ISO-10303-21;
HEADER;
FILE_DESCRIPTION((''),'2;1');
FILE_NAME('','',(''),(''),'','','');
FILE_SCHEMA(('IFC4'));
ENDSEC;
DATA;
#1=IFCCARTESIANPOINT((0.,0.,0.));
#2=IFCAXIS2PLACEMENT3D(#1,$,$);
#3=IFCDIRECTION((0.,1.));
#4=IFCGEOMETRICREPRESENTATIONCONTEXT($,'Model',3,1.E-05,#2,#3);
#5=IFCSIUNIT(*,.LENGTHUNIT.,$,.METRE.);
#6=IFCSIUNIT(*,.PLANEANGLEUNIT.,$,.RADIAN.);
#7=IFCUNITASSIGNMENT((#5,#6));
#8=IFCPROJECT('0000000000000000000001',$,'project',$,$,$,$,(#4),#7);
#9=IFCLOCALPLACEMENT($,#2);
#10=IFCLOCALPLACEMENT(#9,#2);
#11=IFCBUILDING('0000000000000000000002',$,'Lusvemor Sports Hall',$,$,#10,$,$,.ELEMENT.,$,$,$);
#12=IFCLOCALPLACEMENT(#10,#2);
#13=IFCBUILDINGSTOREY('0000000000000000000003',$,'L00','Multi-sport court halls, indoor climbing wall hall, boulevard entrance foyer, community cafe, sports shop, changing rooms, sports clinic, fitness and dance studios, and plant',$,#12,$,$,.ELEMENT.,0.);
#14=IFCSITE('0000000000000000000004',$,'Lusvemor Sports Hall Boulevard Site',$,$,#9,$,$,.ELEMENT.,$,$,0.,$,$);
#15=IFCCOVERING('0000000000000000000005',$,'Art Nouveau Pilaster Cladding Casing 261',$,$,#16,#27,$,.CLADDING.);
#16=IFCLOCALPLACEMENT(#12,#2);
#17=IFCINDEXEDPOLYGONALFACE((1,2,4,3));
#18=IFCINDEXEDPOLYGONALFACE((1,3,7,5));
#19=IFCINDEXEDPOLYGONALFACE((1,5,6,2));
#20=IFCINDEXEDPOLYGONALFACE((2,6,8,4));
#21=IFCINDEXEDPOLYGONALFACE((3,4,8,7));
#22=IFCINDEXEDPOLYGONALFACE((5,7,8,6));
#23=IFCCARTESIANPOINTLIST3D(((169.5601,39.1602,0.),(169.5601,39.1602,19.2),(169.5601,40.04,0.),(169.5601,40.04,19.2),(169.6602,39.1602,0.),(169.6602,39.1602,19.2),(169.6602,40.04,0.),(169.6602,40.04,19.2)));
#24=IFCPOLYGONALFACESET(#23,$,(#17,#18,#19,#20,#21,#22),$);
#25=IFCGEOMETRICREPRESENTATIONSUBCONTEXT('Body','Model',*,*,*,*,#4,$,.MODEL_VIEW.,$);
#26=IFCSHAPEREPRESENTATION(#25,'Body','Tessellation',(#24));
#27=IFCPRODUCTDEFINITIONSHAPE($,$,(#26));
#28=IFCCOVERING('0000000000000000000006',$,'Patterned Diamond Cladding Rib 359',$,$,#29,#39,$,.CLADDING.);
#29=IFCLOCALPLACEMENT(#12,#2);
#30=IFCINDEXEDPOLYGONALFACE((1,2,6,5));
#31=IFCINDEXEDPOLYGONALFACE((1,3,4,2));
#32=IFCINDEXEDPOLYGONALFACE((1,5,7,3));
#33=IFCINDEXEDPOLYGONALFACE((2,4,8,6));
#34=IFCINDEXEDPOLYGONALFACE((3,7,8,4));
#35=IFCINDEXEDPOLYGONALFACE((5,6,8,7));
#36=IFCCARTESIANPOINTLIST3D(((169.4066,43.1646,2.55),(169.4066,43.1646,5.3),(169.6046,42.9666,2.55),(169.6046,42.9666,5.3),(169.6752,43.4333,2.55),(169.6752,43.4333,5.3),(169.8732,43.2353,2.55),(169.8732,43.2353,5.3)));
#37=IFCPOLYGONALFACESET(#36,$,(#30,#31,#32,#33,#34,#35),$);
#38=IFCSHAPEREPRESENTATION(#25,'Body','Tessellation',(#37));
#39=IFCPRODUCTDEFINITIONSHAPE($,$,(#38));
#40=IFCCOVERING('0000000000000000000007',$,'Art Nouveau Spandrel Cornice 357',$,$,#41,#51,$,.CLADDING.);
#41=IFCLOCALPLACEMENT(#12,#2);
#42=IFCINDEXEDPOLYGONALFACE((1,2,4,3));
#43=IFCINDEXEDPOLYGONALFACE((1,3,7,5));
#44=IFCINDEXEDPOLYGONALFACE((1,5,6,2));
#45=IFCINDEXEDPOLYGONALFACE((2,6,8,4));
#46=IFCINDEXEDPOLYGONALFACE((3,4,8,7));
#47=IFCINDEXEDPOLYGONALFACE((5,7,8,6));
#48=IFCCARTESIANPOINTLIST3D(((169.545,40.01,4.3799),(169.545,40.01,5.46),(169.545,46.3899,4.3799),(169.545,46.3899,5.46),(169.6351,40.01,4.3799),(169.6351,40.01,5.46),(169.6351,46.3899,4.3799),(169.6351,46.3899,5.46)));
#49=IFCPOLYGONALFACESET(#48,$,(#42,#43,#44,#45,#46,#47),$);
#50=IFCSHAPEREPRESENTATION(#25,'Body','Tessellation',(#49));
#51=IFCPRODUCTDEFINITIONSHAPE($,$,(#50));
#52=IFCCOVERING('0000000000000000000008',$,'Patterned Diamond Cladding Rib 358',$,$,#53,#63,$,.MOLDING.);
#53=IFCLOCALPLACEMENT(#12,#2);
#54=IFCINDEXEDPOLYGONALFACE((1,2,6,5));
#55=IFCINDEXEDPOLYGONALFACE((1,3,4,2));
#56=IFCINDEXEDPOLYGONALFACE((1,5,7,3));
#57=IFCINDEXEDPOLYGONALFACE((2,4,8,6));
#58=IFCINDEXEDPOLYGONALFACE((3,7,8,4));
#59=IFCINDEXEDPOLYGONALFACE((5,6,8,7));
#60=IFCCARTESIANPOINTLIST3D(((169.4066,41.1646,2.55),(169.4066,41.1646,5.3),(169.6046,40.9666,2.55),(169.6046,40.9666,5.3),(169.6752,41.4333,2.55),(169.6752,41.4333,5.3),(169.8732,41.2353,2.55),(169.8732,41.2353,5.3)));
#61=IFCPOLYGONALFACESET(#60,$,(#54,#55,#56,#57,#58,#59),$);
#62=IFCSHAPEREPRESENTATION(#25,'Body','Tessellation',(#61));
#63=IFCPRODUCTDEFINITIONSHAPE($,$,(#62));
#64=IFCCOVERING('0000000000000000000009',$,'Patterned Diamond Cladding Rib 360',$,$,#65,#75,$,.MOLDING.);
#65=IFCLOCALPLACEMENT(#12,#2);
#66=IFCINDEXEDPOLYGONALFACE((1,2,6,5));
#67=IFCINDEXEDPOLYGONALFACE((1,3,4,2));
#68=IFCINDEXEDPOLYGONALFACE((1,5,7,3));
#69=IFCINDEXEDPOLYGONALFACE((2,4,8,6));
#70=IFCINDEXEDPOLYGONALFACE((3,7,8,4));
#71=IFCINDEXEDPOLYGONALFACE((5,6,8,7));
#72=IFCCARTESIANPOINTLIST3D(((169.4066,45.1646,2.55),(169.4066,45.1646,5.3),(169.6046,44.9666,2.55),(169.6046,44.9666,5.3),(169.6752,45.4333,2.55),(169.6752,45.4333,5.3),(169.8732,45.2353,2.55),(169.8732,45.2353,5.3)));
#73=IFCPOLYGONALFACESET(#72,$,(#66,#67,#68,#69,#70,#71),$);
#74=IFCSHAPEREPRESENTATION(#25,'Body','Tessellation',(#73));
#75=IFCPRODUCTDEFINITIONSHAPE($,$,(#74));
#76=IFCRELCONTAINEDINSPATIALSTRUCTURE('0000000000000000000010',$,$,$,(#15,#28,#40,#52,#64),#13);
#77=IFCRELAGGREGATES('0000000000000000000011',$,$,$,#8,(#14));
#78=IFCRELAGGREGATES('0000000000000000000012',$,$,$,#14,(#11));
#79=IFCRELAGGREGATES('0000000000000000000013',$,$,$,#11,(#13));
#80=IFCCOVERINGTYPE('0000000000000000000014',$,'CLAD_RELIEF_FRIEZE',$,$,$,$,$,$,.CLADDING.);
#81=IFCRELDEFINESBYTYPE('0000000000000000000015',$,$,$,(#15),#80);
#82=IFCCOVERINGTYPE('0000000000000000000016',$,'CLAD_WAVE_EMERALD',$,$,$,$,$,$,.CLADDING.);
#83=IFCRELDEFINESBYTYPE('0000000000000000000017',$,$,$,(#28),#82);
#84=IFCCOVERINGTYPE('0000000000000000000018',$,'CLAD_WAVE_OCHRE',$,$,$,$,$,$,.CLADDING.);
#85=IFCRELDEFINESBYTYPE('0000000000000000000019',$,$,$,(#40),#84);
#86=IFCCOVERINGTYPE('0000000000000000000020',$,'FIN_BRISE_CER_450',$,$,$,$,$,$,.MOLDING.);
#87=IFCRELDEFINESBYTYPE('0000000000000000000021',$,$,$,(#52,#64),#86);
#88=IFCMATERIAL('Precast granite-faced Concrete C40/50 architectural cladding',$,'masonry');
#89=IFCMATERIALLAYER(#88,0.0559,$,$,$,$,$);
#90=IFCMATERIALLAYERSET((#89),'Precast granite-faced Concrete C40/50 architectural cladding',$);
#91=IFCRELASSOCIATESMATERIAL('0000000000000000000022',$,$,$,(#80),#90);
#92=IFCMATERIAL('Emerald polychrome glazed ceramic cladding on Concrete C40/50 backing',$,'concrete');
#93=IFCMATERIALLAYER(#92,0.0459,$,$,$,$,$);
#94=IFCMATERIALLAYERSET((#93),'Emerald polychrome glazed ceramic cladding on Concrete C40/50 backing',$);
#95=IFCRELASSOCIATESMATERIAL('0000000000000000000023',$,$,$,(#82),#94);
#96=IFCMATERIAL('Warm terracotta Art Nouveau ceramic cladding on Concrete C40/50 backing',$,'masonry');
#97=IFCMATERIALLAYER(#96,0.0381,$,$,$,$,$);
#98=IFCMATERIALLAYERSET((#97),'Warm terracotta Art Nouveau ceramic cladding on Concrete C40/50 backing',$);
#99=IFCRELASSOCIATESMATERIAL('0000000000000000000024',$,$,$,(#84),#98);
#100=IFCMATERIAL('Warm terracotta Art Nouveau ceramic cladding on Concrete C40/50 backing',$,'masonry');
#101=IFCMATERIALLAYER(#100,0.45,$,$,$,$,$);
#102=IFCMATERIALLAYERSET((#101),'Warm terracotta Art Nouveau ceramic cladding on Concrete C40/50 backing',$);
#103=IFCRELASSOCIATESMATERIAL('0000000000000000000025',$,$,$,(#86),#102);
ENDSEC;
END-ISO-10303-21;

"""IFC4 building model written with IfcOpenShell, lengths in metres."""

from ifc_helpers import new_model, si_unit, direction, frame, origin, origin_2d, place, context, subcontext, project, spatial, rectangle, extrude, material, layer, layer_set, type_object, element, save


model = new_model("IFC4")

# Units and contexts
model_context = context("Model", 3, precision=1e-05, world=origin(), true_north=direction((0.0, 1.0)))
body_context = subcontext(model_context, "Body", "Model", "MODEL_VIEW")
ifc_project = project(units=[si_unit("LENGTHUNIT", "METRE"), si_unit("PLANEANGLEUNIT", "RADIAN")], contexts=[model_context])

# Site, building, storey
site_placement = place(None, origin())
site = spatial("IfcSite", under=ifc_project, at=site_placement, Name="Lusvemor Sports Hall Boulevard Site", CompositionType="ELEMENT", RefElevation=0.0)
building_placement = place(site_placement, origin())
building = spatial("IfcBuilding", under=site, at=building_placement, Name="Lusvemor Sports Hall", CompositionType="ELEMENT")
storey_placement = place(building_placement, origin())
storey = spatial("IfcBuildingStorey", under=building, at=storey_placement, Name="L00", Description="Multi-sport court halls, indoor climbing wall hall, boulevard entrance foyer, community cafe, sports shop, changing rooms, sports clinic, fitness and dance studios, and plant", CompositionType="ELEMENT", Elevation=0.0)

# Coverings
ifc_material_1 = material(Name="Precast granite-faced Concrete C40/50 architectural cladding", Category="masonry")
ifc_layer_1 = layer(ifc_material_1, 0.0559)
ifc_layer_set_1 = layer_set([ifc_layer_1], Name="Precast granite-faced Concrete C40/50 architectural cladding")
covering_type_1 = type_object("IfcCoveringType", Name="CLAD_RELIEF_FRIEZE", PredefinedType="CLADDING", material=ifc_layer_set_1)
covering_1_placement = place(storey_placement, frame((169.6101, 39.6001, 0.0), z_axis=(0.0, 0.0, 1.0), x_axis=(1.0, 0.0, 0.0)))
element("IfcCovering", 1, at=covering_1_placement, inside=storey, type_object=covering_type_1, Name="Art Nouveau Pilaster Cladding Casing 261", PredefinedType="CLADDING", context=body_context, shape_type="SweptSolid", body=[
    extrude(rectangle(XDim=0.1001, YDim=0.8799, at=origin_2d()), origin(), (0.0, 0.0, 1.0), 19.2),
])
ifc_material_2 = material(Name="Emerald polychrome glazed ceramic cladding on Concrete C40/50 backing", Category="concrete")
ifc_layer_2 = layer(ifc_material_2, 0.0459)
ifc_layer_set_2 = layer_set([ifc_layer_2], Name="Emerald polychrome glazed ceramic cladding on Concrete C40/50 backing")
covering_type_2 = type_object("IfcCoveringType", Name="CLAD_WAVE_EMERALD", PredefinedType="CLADDING", material=ifc_layer_set_2)
covering_2_placement = place(storey_placement, frame((169.6399, 43.2, 2.55), z_axis=(0.0, 0.0, 1.0), x_axis=(0.707107, 0.707107, 0.0)))
element("IfcCovering", 2, at=covering_2_placement, inside=storey, type_object=covering_type_2, Name="Patterned Diamond Cladding Rib 359", PredefinedType="CLADDING", context=body_context, shape_type="SweptSolid", body=[
    extrude(rectangle(XDim=0.3799, YDim=0.28, at=origin_2d()), origin(), (0.0, 0.0, 1.0), 2.75),
])
ifc_material_3 = material(Name="Warm terracotta Art Nouveau ceramic cladding on Concrete C40/50 backing", Category="masonry")
ifc_layer_3 = layer(ifc_material_3, 0.0381)
ifc_layer_set_3 = layer_set([ifc_layer_3], Name="Warm terracotta Art Nouveau ceramic cladding on Concrete C40/50 backing")
covering_type_3 = type_object("IfcCoveringType", Name="CLAD_WAVE_OCHRE", PredefinedType="CLADDING", material=ifc_layer_set_3)
covering_3_placement = place(storey_placement, frame((169.5901, 43.2, 4.3799), z_axis=(0.0, 0.0, 1.0), x_axis=(1.0, 0.0, 0.0)))
element("IfcCovering", 3, at=covering_3_placement, inside=storey, type_object=covering_type_3, Name="Art Nouveau Spandrel Cornice 357", PredefinedType="CLADDING", context=body_context, shape_type="SweptSolid", body=[
    extrude(rectangle(XDim=0.0901, YDim=6.3799, at=origin_2d()), origin(), (0.0, 0.0, 1.0), 1.0801),
])
ifc_material_4 = material(Name="Warm terracotta Art Nouveau ceramic cladding on Concrete C40/50 backing", Category="masonry")
ifc_layer_4 = layer(ifc_material_4, 0.45)
ifc_layer_set_4 = layer_set([ifc_layer_4], Name="Warm terracotta Art Nouveau ceramic cladding on Concrete C40/50 backing")
covering_type_4 = type_object("IfcCoveringType", Name="FIN_BRISE_CER_450", PredefinedType="MOLDING", material=ifc_layer_set_4)
for number, where, z_axis, x_axis, name in (
    (4, (169.6399, 41.2, 2.55), (0.0, 0.0, 1.0), (0.707107, 0.707107, 0.0), "Patterned Diamond Cladding Rib 358"),
    (5, (169.6399, 45.2, 2.55), (0.0, 0.0, 1.0), (0.707107, 0.707107, 0.0), "Patterned Diamond Cladding Rib 360"),
):
    element("IfcCovering", number, at=place(storey_placement, frame(where, z_axis=z_axis, x_axis=x_axis)), inside=storey, type_object=covering_type_4, Name=name, PredefinedType="MOLDING", context=body_context, shape_type="SweptSolid", body=[
        extrude(rectangle(XDim=0.3799, YDim=0.28, at=origin_2d()), origin(), (0.0, 0.0, 1.0), 2.75),
    ])

save(model, "model.ifc")
